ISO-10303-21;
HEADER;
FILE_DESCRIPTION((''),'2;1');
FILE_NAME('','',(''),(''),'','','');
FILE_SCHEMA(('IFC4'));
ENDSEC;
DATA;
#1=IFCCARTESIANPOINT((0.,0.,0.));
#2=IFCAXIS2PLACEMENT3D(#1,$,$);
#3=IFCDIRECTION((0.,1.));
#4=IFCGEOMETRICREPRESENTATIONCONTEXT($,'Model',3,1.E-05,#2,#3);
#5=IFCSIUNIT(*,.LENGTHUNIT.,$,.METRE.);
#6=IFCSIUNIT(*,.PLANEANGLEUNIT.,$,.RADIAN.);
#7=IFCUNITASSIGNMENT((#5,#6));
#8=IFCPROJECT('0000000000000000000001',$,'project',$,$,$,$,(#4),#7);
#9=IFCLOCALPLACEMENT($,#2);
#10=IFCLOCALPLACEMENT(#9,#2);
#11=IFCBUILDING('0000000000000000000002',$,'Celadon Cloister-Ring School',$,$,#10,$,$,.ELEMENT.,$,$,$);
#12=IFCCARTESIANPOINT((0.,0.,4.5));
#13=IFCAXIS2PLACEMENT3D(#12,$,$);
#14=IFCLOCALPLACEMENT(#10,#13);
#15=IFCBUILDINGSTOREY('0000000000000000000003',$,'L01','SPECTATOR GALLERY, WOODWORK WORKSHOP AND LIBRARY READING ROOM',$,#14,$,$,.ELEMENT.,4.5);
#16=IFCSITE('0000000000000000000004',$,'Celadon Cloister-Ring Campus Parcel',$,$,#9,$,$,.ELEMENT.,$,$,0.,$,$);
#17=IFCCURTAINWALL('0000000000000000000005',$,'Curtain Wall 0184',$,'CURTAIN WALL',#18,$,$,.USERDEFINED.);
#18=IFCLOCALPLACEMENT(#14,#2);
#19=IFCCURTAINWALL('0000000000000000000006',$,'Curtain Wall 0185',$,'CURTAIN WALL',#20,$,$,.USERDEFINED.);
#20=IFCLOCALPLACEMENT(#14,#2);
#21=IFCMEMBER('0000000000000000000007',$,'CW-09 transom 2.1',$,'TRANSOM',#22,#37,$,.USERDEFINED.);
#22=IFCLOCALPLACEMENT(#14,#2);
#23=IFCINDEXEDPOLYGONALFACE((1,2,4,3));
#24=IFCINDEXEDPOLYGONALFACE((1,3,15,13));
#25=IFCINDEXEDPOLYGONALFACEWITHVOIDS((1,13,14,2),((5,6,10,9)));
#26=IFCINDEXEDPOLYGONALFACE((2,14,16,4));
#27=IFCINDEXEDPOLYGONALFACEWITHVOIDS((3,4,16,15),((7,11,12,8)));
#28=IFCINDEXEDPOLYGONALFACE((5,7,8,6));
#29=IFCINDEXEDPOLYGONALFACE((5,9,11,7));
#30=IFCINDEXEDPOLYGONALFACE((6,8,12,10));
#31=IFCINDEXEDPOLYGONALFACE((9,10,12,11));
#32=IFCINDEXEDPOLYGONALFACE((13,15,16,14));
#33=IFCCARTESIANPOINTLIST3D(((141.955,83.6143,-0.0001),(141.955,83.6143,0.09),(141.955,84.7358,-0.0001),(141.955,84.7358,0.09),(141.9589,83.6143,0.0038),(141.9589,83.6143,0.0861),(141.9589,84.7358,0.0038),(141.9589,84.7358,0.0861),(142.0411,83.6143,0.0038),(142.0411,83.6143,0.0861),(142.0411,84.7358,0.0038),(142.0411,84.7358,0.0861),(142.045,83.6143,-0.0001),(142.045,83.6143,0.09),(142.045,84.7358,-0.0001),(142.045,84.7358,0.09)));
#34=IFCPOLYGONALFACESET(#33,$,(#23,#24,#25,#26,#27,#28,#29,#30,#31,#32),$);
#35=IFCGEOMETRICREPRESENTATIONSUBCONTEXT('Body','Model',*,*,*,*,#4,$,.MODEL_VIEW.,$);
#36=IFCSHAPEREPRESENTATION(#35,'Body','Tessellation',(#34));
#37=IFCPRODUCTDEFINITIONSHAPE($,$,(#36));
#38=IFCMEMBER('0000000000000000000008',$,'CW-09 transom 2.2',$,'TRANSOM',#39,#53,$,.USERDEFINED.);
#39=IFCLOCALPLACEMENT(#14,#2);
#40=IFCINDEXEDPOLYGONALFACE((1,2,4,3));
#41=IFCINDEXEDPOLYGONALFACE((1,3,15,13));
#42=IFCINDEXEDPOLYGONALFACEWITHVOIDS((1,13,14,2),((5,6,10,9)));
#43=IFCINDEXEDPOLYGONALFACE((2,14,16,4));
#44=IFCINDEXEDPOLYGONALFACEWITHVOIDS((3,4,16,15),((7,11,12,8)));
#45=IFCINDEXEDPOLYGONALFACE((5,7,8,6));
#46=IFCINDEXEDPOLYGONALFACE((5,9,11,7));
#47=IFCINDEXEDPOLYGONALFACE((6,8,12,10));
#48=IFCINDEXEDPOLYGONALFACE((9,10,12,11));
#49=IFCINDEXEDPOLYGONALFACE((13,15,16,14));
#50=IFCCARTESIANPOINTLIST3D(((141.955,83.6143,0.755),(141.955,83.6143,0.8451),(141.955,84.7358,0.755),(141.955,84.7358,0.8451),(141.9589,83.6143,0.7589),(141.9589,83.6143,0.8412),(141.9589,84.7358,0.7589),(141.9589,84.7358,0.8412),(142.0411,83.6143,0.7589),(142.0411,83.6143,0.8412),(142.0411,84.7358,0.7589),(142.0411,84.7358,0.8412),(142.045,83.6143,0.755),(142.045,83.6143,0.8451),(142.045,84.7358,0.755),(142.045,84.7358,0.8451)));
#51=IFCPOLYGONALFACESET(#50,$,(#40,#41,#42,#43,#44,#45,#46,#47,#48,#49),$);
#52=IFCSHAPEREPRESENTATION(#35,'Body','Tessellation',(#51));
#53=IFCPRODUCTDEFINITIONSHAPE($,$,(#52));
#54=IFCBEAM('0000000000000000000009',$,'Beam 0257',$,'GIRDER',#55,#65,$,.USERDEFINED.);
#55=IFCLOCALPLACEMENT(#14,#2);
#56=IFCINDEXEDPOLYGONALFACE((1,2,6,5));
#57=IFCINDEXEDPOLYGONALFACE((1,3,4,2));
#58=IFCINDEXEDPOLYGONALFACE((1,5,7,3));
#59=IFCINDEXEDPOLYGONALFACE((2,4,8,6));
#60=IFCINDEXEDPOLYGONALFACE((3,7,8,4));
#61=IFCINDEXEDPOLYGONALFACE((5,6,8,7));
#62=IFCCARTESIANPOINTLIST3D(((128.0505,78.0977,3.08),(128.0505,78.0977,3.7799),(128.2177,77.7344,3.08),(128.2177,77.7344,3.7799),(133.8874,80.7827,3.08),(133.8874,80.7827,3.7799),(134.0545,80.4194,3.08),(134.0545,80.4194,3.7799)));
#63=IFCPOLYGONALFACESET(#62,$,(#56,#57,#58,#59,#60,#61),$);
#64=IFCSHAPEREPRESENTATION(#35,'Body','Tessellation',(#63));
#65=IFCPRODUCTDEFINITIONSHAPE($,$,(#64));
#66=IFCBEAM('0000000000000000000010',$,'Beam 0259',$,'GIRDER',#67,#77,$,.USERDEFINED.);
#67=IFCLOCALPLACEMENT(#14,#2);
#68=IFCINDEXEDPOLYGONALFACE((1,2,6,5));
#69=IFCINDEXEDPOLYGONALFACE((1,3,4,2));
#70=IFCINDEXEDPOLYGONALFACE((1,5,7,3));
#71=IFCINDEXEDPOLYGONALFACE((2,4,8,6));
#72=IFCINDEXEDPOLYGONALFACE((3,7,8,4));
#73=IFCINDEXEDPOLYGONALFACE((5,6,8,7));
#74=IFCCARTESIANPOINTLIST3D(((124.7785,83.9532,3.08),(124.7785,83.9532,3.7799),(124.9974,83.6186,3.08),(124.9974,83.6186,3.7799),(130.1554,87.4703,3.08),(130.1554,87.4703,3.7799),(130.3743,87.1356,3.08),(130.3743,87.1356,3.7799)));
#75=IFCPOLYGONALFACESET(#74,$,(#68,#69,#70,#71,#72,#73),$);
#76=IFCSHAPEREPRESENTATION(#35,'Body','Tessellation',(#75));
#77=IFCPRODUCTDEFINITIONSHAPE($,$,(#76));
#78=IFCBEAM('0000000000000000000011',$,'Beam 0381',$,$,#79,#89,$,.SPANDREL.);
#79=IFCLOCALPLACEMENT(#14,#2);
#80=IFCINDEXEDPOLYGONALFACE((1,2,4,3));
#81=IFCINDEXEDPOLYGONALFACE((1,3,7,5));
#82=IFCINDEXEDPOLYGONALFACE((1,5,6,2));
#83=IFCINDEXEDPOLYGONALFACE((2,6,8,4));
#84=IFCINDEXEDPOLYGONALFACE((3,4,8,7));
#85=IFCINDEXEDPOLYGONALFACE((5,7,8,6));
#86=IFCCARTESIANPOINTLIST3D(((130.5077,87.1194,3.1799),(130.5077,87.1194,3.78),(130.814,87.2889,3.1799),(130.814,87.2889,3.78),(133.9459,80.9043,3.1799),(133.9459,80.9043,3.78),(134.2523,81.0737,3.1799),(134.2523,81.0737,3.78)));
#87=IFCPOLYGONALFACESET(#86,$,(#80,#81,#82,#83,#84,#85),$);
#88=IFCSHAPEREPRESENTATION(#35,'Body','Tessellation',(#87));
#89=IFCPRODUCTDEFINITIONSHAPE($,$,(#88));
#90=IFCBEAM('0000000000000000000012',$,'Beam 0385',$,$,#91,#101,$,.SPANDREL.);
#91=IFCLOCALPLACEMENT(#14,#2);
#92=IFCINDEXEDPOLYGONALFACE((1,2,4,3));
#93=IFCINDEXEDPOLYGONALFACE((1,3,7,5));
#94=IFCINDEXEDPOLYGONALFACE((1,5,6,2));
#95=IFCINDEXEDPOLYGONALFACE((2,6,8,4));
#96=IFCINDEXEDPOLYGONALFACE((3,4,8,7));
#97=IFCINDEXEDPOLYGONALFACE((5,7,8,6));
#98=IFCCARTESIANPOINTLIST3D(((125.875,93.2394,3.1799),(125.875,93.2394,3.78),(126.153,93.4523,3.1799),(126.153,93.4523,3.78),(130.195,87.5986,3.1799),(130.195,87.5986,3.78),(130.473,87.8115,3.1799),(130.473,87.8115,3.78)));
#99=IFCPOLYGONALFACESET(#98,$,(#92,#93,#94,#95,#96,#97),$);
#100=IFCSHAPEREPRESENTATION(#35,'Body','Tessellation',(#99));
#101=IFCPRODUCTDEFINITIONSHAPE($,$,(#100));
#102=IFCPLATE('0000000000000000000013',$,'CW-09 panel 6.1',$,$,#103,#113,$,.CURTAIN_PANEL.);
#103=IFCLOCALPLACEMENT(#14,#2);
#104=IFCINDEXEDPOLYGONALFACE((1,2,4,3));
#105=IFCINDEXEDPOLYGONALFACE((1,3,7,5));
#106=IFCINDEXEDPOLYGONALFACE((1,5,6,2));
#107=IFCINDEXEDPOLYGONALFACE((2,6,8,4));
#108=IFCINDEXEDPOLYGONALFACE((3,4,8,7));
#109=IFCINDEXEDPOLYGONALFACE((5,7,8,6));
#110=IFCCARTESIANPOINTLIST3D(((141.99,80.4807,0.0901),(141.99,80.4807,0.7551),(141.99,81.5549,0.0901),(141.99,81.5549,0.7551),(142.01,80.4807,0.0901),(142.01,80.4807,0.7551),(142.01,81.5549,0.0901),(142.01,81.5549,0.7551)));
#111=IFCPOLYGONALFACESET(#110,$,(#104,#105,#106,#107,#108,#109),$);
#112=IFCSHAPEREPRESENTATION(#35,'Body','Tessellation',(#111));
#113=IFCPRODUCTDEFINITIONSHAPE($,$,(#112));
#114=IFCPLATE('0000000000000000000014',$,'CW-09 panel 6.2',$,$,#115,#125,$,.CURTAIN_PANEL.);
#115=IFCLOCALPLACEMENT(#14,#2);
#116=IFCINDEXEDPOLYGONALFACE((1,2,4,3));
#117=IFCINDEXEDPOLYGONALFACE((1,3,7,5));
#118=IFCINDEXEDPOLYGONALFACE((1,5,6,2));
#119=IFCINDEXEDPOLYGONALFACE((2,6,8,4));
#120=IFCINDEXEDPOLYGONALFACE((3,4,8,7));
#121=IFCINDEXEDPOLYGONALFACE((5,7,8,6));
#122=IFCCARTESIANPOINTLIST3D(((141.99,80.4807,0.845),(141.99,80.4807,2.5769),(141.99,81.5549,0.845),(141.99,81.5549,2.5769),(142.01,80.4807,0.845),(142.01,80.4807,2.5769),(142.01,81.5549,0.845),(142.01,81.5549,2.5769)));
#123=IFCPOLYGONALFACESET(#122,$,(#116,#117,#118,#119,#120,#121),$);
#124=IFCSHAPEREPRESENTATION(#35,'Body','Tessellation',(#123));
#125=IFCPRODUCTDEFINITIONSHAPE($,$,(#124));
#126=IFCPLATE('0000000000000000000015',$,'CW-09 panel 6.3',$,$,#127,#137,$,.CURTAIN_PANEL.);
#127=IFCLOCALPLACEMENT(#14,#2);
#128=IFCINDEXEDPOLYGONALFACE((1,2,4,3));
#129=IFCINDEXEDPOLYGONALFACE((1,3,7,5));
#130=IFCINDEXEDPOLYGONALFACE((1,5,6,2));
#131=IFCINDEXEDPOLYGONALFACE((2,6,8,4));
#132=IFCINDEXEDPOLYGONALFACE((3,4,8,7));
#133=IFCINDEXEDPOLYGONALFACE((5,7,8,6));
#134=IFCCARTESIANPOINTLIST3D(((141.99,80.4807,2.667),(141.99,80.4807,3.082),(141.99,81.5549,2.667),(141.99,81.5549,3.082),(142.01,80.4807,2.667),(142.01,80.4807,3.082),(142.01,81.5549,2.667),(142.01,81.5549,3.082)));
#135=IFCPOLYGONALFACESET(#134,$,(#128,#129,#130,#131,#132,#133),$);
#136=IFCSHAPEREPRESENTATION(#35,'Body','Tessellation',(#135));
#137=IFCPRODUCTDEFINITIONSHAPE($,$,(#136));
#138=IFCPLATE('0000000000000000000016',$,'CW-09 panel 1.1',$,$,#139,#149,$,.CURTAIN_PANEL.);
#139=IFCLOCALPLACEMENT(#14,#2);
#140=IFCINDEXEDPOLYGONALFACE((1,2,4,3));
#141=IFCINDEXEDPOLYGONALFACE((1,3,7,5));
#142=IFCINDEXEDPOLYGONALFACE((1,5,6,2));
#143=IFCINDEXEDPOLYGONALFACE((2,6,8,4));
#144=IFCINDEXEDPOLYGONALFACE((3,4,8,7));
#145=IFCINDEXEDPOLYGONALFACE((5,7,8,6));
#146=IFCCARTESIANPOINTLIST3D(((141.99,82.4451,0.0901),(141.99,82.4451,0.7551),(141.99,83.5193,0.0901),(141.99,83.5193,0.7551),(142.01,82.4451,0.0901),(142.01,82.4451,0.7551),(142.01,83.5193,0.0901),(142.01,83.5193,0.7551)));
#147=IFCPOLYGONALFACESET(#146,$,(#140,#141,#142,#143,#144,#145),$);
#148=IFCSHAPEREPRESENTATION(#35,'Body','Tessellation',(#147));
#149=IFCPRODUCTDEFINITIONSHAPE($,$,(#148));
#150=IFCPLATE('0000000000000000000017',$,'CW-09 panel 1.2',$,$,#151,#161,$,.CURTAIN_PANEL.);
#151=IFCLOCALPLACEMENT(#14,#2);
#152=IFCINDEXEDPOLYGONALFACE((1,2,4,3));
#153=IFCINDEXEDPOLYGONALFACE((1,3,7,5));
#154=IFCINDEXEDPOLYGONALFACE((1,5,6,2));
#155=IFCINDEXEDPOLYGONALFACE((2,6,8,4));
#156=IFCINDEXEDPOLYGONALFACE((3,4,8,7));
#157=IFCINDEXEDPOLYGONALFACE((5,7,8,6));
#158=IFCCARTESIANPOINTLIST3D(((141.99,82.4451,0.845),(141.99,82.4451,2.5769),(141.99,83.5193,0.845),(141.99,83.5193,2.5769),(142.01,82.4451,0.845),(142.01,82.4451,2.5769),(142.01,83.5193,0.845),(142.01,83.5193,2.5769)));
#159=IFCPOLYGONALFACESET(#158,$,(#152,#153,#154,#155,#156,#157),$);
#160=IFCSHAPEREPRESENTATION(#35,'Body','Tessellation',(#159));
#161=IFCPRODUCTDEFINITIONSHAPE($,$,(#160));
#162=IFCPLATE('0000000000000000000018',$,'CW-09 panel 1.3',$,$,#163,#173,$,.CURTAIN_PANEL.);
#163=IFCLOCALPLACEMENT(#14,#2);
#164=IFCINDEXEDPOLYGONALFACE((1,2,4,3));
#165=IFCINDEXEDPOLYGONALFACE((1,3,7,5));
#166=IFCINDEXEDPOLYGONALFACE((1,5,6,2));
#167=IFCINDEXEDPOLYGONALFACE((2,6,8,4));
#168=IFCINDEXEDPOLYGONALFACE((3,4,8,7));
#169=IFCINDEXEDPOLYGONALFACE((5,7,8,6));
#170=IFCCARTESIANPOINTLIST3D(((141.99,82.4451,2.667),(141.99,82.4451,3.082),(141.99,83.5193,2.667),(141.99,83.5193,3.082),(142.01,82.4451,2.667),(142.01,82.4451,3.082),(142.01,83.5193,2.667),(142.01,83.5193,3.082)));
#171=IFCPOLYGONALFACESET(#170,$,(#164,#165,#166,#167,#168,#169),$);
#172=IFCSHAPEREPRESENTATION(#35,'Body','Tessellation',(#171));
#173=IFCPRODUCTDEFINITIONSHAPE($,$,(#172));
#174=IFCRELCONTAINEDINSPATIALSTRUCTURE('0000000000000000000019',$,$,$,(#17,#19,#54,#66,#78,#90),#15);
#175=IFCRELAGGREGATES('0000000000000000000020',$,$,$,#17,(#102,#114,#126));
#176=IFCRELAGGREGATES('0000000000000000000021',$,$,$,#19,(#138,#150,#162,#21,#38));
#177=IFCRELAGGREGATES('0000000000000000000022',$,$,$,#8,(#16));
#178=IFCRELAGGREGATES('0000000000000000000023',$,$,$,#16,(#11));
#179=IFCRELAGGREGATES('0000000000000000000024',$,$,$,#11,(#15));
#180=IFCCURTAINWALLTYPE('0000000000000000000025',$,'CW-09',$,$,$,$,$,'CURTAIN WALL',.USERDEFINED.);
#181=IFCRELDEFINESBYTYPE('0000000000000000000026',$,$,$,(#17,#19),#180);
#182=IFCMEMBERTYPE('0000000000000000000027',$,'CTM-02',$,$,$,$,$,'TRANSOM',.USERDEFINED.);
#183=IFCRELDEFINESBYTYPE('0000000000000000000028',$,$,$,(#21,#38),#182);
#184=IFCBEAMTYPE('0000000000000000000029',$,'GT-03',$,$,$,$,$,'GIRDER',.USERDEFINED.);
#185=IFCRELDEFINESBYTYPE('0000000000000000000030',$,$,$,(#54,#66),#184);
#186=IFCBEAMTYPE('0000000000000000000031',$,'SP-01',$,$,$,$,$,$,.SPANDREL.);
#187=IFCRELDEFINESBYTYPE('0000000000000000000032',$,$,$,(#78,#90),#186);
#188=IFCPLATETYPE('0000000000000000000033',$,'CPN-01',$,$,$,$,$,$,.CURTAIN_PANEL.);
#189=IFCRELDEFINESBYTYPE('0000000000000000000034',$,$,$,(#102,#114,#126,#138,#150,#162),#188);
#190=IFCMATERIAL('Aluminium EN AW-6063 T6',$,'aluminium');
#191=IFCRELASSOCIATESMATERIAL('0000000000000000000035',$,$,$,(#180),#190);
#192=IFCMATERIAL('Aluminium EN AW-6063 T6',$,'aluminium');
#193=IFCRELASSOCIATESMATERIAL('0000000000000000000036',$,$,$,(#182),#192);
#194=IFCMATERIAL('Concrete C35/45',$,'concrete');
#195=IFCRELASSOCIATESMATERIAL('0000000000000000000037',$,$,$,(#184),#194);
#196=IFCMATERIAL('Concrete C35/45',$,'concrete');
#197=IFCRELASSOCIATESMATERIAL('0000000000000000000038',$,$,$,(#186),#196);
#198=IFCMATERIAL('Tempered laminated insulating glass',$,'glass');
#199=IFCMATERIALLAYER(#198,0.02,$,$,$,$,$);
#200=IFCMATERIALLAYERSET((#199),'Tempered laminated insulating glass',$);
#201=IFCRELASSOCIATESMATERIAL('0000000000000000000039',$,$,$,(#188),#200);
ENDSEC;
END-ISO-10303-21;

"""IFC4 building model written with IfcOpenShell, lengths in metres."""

from ifc_helpers import new_model, si_unit, direction, frame, origin, origin_2d, place, context, subcontext, project, spatial, rectangle, hollow_rectangle, extrude, material, layer, layer_set, material_profile, profile_set, type_object, element, aggregate, save


model = new_model("IFC4")

# Units and contexts
model_context = context("Model", 3, precision=1e-05, world=origin(), true_north=direction((0.0, 1.0)))
body_context = subcontext(model_context, "Body", "Model", "MODEL_VIEW")
ifc_project = project(units=[si_unit("LENGTHUNIT", "METRE"), si_unit("PLANEANGLEUNIT", "RADIAN")], contexts=[model_context])

# Site, building, storey
site_placement = place(None, origin())
site = spatial("IfcSite", under=ifc_project, at=site_placement, Name="Celadon Cloister-Ring Campus Parcel", CompositionType="ELEMENT", RefElevation=0.0)
building_placement = place(site_placement, origin())
building = spatial("IfcBuilding", under=site, at=building_placement, Name="Celadon Cloister-Ring School", CompositionType="ELEMENT")
storey_placement = place(building_placement, frame((0.0, 0.0, 4.5)))
storey = spatial("IfcBuildingStorey", under=building, at=storey_placement, Name="L01", Description="SPECTATOR GALLERY, WOODWORK WORKSHOP AND LIBRARY READING ROOM", CompositionType="ELEMENT", Elevation=4.5)

# Curtain wall
ifc_material_1 = material(Name="Aluminium EN AW-6063 T6", Category="aluminium")
curtain_wall_type = type_object("IfcCurtainWallType", Name="CW-09", ElementType="CURTAIN WALL", PredefinedType="USERDEFINED", material=ifc_material_1)
curtain_wall_1_placement = place(storey_placement, origin())
curtain_wall_1 = element("IfcCurtainWall", 1, at=curtain_wall_1_placement, inside=storey, type_object=curtain_wall_type, Name="Curtain Wall 0184", ObjectType="CURTAIN WALL", PredefinedType="USERDEFINED")

# Curtain wall, members
curtain_wall_2_placement = place(storey_placement, origin())
curtain_wall_2 = element("IfcCurtainWall", 2, at=curtain_wall_2_placement, inside=storey, type_object=curtain_wall_type, Name="Curtain Wall 0185", ObjectType="CURTAIN WALL", PredefinedType="USERDEFINED")
ifc_material_2 = material(Name="Aluminium EN AW-6063 T6", Category="aluminium")
ifc_material_profile_1 = material_profile(ifc_material_2, hollow_rectangle(XDim=0.0901, YDim=0.0901, WallThickness=0.0039, at=origin_2d()), Name="RHS90X90X4")
ifc_profile_set_1 = profile_set([ifc_material_profile_1], Name="Aluminium EN AW-6063 T6")
member_type_1 = type_object("IfcMemberType", Name="CTM-02", ElementType="TRANSOM", PredefinedType="USERDEFINED", material=ifc_profile_set_1)
member_1_placement = place(storey_placement, frame((142.0, 83.6143, 0.0449), z_axis=(0.0, 1.0, 0.0), x_axis=(-1.0, 0.0, 0.0)))
member_1 = element("IfcMember", 3, at=member_1_placement, type_object=member_type_1, Name="CW-09 transom 2.1", ObjectType="TRANSOM", PredefinedType="USERDEFINED", context=body_context, shape_type="SweptSolid", body=[
    extrude(hollow_rectangle(XDim=0.0901, YDim=0.0901, WallThickness=0.0039, at=origin_2d()), origin(), (0.0, 0.0, 1.0), 1.1216),
])
member_2_placement = place(storey_placement, frame((142.0, 83.6143, 0.8), z_axis=(0.0, 1.0, 0.0), x_axis=(-1.0, 0.0, 0.0)))
member_2 = element("IfcMember", 4, at=member_2_placement, type_object=member_type_1, Name="CW-09 transom 2.2", ObjectType="TRANSOM", PredefinedType="USERDEFINED", context=body_context, shape_type="SweptSolid", body=[
    extrude(hollow_rectangle(XDim=0.0901, YDim=0.0901, WallThickness=0.0039, at=origin_2d()), origin(), (0.0, 0.0, 1.0), 1.1216),
])

# Beams
ifc_material_3 = material(Name="Concrete C35/45", Category="concrete")
ifc_material_profile_2 = material_profile(ifc_material_3, rectangle(XDim=0.3999, YDim=0.7, at=origin_2d()), Name="RC400X700")
ifc_profile_set_2 = profile_set([ifc_material_profile_2], Name="Concrete C35/45")
beam_type_1 = type_object("IfcBeamType", Name="GT-03", ElementType="GIRDER", PredefinedType="USERDEFINED", material=ifc_profile_set_2)
beam_1_placement = place(storey_placement, frame((133.9709, 80.6011, 3.4299), z_axis=(-0.908486, -0.417916, 0.0), x_axis=(0.417916, -0.908486, 0.0)))
element("IfcBeam", 5, at=beam_1_placement, inside=storey, type_object=beam_type_1, Name="Beam 0257", ObjectType="GIRDER", PredefinedType="USERDEFINED", context=body_context, shape_type="SweptSolid", body=[
    extrude(rectangle(XDim=0.3999, YDim=0.7, at=origin_2d()), origin(), (0.0, 0.0, 1.0), 6.4248),
])
beam_2_placement = place(storey_placement, frame((130.2649, 87.303, 3.4299), z_axis=(-0.836871, -0.547401, 0.0), x_axis=(0.547401, -0.836871, 0.0)))
element("IfcBeam", 6, at=beam_2_placement, inside=storey, type_object=beam_type_1, Name="Beam 0259", ObjectType="GIRDER", PredefinedType="USERDEFINED", context=body_context, shape_type="SweptSolid", body=[
    extrude(rectangle(XDim=0.3999, YDim=0.7, at=origin_2d()), origin(), (0.0, 0.0, 1.0), 6.425),
])
ifc_material_4 = material(Name="Concrete C35/45", Category="concrete")
ifc_material_profile_3 = material_profile(ifc_material_4, rectangle(XDim=0.3501, YDim=0.6001, at=origin_2d()), Name="RC350X600")
ifc_profile_set_3 = profile_set([ifc_material_profile_3], Name="Concrete C35/45")
beam_type_2 = type_object("IfcBeamType", Name="SP-01", PredefinedType="SPANDREL", material=ifc_profile_set_3)
beam_3_placement = place(storey_placement, frame((134.0991, 80.989, 3.48), z_axis=(-0.484072, 0.875028, 0.0), x_axis=(-0.875028, -0.484072, 0.0)))
element("IfcBeam", 7, at=beam_3_placement, inside=storey, type_object=beam_type_2, Name="Beam 0381", PredefinedType="SPANDREL", context=body_context, shape_type="SweptSolid", body=[
    extrude(rectangle(XDim=0.3501, YDim=0.6001, at=origin_2d()), origin(), (0.0, 0.0, 1.0), 7.1028),
])
beam_4_placement = place(storey_placement, frame((130.334, 87.7051, 3.48), z_axis=(-0.608024, 0.793919, 0.0), x_axis=(-0.793919, -0.608024, 0.0)))
element("IfcBeam", 8, at=beam_4_placement, inside=storey, type_object=beam_type_2, Name="Beam 0385", PredefinedType="SPANDREL", context=body_context, shape_type="SweptSolid", body=[
    extrude(rectangle(XDim=0.3501, YDim=0.6001, at=origin_2d()), origin(), (0.0, 0.0, 1.0), 7.105),
])

# Plates
ifc_material_5 = material(Name="Tempered laminated insulating glass", Category="glass")
ifc_layer_1 = layer(ifc_material_5, 0.02)
ifc_layer_set_1 = layer_set([ifc_layer_1], Name="Tempered laminated insulating glass")
plate_type = type_object("IfcPlateType", Name="CPN-01", PredefinedType="CURTAIN_PANEL", material=ifc_layer_set_1)
plate_1_placement = place(storey_placement, frame((142.0, 81.0178, 0.0901), z_axis=(0.0, 0.0, 1.0), x_axis=(0.0, 1.0, 0.0)))
plate_1 = element("IfcPlate", 9, at=plate_1_placement, type_object=plate_type, Name="CW-09 panel 6.1", PredefinedType="CURTAIN_PANEL", context=body_context, shape_type="SweptSolid", body=[
    extrude(rectangle(XDim=1.0742, YDim=0.02, at=origin_2d()), origin(), (0.0, 0.0, 1.0), 0.665),
])
plate_2_placement = place(storey_placement, frame((142.0, 81.0178, 0.845), z_axis=(0.0, 0.0, 1.0), x_axis=(0.0, 1.0, 0.0)))
plate_2 = element("IfcPlate", 10, at=plate_2_placement, type_object=plate_type, Name="CW-09 panel 6.2", PredefinedType="CURTAIN_PANEL", context=body_context, shape_type="SweptSolid", body=[
    extrude(rectangle(XDim=1.0742, YDim=0.02, at=origin_2d()), origin(), (0.0, 0.0, 1.0), 1.7319),
])
plate_3_placement = place(storey_placement, frame((142.0, 81.0178, 2.667), z_axis=(0.0, 0.0, 1.0), x_axis=(0.0, 1.0, 0.0)))
plate_3 = element("IfcPlate", 11, at=plate_3_placement, type_object=plate_type, Name="CW-09 panel 6.3", PredefinedType="CURTAIN_PANEL", context=body_context, shape_type="SweptSolid", body=[
    extrude(rectangle(XDim=1.0742, YDim=0.02, at=origin_2d()), origin(), (0.0, 0.0, 1.0), 0.415),
])
aggregate(curtain_wall_1, [plate_1, plate_2, plate_3])
plate_4_placement = place(storey_placement, frame((142.0, 82.9822, 0.0901), z_axis=(0.0, 0.0, 1.0), x_axis=(0.0, 1.0, 0.0)))
plate_4 = element("IfcPlate", 12, at=plate_4_placement, type_object=plate_type, Name="CW-09 panel 1.1", PredefinedType="CURTAIN_PANEL", context=body_context, shape_type="SweptSolid", body=[
    extrude(rectangle(XDim=1.0742, YDim=0.02, at=origin_2d()), origin(), (0.0, 0.0, 1.0), 0.665),
])
plate_5_placement = place(storey_placement, frame((142.0, 82.9822, 0.845), z_axis=(0.0, 0.0, 1.0), x_axis=(0.0, 1.0, 0.0)))
plate_5 = element("IfcPlate", 13, at=plate_5_placement, type_object=plate_type, Name="CW-09 panel 1.2", PredefinedType="CURTAIN_PANEL", context=body_context, shape_type="SweptSolid", body=[
    extrude(rectangle(XDim=1.0742, YDim=0.02, at=origin_2d()), origin(), (0.0, 0.0, 1.0), 1.7319),
])
plate_6_placement = place(storey_placement, frame((142.0, 82.9822, 2.667), z_axis=(0.0, 0.0, 1.0), x_axis=(0.0, 1.0, 0.0)))
plate_6 = element("IfcPlate", 14, at=plate_6_placement, type_object=plate_type, Name="CW-09 panel 1.3", PredefinedType="CURTAIN_PANEL", context=body_context, shape_type="SweptSolid", body=[
    extrude(rectangle(XDim=1.0742, YDim=0.02, at=origin_2d()), origin(), (0.0, 0.0, 1.0), 0.415),
])
aggregate(curtain_wall_2, [plate_4, plate_5, plate_6, member_1, member_2])

save(model, "model.ifc")
